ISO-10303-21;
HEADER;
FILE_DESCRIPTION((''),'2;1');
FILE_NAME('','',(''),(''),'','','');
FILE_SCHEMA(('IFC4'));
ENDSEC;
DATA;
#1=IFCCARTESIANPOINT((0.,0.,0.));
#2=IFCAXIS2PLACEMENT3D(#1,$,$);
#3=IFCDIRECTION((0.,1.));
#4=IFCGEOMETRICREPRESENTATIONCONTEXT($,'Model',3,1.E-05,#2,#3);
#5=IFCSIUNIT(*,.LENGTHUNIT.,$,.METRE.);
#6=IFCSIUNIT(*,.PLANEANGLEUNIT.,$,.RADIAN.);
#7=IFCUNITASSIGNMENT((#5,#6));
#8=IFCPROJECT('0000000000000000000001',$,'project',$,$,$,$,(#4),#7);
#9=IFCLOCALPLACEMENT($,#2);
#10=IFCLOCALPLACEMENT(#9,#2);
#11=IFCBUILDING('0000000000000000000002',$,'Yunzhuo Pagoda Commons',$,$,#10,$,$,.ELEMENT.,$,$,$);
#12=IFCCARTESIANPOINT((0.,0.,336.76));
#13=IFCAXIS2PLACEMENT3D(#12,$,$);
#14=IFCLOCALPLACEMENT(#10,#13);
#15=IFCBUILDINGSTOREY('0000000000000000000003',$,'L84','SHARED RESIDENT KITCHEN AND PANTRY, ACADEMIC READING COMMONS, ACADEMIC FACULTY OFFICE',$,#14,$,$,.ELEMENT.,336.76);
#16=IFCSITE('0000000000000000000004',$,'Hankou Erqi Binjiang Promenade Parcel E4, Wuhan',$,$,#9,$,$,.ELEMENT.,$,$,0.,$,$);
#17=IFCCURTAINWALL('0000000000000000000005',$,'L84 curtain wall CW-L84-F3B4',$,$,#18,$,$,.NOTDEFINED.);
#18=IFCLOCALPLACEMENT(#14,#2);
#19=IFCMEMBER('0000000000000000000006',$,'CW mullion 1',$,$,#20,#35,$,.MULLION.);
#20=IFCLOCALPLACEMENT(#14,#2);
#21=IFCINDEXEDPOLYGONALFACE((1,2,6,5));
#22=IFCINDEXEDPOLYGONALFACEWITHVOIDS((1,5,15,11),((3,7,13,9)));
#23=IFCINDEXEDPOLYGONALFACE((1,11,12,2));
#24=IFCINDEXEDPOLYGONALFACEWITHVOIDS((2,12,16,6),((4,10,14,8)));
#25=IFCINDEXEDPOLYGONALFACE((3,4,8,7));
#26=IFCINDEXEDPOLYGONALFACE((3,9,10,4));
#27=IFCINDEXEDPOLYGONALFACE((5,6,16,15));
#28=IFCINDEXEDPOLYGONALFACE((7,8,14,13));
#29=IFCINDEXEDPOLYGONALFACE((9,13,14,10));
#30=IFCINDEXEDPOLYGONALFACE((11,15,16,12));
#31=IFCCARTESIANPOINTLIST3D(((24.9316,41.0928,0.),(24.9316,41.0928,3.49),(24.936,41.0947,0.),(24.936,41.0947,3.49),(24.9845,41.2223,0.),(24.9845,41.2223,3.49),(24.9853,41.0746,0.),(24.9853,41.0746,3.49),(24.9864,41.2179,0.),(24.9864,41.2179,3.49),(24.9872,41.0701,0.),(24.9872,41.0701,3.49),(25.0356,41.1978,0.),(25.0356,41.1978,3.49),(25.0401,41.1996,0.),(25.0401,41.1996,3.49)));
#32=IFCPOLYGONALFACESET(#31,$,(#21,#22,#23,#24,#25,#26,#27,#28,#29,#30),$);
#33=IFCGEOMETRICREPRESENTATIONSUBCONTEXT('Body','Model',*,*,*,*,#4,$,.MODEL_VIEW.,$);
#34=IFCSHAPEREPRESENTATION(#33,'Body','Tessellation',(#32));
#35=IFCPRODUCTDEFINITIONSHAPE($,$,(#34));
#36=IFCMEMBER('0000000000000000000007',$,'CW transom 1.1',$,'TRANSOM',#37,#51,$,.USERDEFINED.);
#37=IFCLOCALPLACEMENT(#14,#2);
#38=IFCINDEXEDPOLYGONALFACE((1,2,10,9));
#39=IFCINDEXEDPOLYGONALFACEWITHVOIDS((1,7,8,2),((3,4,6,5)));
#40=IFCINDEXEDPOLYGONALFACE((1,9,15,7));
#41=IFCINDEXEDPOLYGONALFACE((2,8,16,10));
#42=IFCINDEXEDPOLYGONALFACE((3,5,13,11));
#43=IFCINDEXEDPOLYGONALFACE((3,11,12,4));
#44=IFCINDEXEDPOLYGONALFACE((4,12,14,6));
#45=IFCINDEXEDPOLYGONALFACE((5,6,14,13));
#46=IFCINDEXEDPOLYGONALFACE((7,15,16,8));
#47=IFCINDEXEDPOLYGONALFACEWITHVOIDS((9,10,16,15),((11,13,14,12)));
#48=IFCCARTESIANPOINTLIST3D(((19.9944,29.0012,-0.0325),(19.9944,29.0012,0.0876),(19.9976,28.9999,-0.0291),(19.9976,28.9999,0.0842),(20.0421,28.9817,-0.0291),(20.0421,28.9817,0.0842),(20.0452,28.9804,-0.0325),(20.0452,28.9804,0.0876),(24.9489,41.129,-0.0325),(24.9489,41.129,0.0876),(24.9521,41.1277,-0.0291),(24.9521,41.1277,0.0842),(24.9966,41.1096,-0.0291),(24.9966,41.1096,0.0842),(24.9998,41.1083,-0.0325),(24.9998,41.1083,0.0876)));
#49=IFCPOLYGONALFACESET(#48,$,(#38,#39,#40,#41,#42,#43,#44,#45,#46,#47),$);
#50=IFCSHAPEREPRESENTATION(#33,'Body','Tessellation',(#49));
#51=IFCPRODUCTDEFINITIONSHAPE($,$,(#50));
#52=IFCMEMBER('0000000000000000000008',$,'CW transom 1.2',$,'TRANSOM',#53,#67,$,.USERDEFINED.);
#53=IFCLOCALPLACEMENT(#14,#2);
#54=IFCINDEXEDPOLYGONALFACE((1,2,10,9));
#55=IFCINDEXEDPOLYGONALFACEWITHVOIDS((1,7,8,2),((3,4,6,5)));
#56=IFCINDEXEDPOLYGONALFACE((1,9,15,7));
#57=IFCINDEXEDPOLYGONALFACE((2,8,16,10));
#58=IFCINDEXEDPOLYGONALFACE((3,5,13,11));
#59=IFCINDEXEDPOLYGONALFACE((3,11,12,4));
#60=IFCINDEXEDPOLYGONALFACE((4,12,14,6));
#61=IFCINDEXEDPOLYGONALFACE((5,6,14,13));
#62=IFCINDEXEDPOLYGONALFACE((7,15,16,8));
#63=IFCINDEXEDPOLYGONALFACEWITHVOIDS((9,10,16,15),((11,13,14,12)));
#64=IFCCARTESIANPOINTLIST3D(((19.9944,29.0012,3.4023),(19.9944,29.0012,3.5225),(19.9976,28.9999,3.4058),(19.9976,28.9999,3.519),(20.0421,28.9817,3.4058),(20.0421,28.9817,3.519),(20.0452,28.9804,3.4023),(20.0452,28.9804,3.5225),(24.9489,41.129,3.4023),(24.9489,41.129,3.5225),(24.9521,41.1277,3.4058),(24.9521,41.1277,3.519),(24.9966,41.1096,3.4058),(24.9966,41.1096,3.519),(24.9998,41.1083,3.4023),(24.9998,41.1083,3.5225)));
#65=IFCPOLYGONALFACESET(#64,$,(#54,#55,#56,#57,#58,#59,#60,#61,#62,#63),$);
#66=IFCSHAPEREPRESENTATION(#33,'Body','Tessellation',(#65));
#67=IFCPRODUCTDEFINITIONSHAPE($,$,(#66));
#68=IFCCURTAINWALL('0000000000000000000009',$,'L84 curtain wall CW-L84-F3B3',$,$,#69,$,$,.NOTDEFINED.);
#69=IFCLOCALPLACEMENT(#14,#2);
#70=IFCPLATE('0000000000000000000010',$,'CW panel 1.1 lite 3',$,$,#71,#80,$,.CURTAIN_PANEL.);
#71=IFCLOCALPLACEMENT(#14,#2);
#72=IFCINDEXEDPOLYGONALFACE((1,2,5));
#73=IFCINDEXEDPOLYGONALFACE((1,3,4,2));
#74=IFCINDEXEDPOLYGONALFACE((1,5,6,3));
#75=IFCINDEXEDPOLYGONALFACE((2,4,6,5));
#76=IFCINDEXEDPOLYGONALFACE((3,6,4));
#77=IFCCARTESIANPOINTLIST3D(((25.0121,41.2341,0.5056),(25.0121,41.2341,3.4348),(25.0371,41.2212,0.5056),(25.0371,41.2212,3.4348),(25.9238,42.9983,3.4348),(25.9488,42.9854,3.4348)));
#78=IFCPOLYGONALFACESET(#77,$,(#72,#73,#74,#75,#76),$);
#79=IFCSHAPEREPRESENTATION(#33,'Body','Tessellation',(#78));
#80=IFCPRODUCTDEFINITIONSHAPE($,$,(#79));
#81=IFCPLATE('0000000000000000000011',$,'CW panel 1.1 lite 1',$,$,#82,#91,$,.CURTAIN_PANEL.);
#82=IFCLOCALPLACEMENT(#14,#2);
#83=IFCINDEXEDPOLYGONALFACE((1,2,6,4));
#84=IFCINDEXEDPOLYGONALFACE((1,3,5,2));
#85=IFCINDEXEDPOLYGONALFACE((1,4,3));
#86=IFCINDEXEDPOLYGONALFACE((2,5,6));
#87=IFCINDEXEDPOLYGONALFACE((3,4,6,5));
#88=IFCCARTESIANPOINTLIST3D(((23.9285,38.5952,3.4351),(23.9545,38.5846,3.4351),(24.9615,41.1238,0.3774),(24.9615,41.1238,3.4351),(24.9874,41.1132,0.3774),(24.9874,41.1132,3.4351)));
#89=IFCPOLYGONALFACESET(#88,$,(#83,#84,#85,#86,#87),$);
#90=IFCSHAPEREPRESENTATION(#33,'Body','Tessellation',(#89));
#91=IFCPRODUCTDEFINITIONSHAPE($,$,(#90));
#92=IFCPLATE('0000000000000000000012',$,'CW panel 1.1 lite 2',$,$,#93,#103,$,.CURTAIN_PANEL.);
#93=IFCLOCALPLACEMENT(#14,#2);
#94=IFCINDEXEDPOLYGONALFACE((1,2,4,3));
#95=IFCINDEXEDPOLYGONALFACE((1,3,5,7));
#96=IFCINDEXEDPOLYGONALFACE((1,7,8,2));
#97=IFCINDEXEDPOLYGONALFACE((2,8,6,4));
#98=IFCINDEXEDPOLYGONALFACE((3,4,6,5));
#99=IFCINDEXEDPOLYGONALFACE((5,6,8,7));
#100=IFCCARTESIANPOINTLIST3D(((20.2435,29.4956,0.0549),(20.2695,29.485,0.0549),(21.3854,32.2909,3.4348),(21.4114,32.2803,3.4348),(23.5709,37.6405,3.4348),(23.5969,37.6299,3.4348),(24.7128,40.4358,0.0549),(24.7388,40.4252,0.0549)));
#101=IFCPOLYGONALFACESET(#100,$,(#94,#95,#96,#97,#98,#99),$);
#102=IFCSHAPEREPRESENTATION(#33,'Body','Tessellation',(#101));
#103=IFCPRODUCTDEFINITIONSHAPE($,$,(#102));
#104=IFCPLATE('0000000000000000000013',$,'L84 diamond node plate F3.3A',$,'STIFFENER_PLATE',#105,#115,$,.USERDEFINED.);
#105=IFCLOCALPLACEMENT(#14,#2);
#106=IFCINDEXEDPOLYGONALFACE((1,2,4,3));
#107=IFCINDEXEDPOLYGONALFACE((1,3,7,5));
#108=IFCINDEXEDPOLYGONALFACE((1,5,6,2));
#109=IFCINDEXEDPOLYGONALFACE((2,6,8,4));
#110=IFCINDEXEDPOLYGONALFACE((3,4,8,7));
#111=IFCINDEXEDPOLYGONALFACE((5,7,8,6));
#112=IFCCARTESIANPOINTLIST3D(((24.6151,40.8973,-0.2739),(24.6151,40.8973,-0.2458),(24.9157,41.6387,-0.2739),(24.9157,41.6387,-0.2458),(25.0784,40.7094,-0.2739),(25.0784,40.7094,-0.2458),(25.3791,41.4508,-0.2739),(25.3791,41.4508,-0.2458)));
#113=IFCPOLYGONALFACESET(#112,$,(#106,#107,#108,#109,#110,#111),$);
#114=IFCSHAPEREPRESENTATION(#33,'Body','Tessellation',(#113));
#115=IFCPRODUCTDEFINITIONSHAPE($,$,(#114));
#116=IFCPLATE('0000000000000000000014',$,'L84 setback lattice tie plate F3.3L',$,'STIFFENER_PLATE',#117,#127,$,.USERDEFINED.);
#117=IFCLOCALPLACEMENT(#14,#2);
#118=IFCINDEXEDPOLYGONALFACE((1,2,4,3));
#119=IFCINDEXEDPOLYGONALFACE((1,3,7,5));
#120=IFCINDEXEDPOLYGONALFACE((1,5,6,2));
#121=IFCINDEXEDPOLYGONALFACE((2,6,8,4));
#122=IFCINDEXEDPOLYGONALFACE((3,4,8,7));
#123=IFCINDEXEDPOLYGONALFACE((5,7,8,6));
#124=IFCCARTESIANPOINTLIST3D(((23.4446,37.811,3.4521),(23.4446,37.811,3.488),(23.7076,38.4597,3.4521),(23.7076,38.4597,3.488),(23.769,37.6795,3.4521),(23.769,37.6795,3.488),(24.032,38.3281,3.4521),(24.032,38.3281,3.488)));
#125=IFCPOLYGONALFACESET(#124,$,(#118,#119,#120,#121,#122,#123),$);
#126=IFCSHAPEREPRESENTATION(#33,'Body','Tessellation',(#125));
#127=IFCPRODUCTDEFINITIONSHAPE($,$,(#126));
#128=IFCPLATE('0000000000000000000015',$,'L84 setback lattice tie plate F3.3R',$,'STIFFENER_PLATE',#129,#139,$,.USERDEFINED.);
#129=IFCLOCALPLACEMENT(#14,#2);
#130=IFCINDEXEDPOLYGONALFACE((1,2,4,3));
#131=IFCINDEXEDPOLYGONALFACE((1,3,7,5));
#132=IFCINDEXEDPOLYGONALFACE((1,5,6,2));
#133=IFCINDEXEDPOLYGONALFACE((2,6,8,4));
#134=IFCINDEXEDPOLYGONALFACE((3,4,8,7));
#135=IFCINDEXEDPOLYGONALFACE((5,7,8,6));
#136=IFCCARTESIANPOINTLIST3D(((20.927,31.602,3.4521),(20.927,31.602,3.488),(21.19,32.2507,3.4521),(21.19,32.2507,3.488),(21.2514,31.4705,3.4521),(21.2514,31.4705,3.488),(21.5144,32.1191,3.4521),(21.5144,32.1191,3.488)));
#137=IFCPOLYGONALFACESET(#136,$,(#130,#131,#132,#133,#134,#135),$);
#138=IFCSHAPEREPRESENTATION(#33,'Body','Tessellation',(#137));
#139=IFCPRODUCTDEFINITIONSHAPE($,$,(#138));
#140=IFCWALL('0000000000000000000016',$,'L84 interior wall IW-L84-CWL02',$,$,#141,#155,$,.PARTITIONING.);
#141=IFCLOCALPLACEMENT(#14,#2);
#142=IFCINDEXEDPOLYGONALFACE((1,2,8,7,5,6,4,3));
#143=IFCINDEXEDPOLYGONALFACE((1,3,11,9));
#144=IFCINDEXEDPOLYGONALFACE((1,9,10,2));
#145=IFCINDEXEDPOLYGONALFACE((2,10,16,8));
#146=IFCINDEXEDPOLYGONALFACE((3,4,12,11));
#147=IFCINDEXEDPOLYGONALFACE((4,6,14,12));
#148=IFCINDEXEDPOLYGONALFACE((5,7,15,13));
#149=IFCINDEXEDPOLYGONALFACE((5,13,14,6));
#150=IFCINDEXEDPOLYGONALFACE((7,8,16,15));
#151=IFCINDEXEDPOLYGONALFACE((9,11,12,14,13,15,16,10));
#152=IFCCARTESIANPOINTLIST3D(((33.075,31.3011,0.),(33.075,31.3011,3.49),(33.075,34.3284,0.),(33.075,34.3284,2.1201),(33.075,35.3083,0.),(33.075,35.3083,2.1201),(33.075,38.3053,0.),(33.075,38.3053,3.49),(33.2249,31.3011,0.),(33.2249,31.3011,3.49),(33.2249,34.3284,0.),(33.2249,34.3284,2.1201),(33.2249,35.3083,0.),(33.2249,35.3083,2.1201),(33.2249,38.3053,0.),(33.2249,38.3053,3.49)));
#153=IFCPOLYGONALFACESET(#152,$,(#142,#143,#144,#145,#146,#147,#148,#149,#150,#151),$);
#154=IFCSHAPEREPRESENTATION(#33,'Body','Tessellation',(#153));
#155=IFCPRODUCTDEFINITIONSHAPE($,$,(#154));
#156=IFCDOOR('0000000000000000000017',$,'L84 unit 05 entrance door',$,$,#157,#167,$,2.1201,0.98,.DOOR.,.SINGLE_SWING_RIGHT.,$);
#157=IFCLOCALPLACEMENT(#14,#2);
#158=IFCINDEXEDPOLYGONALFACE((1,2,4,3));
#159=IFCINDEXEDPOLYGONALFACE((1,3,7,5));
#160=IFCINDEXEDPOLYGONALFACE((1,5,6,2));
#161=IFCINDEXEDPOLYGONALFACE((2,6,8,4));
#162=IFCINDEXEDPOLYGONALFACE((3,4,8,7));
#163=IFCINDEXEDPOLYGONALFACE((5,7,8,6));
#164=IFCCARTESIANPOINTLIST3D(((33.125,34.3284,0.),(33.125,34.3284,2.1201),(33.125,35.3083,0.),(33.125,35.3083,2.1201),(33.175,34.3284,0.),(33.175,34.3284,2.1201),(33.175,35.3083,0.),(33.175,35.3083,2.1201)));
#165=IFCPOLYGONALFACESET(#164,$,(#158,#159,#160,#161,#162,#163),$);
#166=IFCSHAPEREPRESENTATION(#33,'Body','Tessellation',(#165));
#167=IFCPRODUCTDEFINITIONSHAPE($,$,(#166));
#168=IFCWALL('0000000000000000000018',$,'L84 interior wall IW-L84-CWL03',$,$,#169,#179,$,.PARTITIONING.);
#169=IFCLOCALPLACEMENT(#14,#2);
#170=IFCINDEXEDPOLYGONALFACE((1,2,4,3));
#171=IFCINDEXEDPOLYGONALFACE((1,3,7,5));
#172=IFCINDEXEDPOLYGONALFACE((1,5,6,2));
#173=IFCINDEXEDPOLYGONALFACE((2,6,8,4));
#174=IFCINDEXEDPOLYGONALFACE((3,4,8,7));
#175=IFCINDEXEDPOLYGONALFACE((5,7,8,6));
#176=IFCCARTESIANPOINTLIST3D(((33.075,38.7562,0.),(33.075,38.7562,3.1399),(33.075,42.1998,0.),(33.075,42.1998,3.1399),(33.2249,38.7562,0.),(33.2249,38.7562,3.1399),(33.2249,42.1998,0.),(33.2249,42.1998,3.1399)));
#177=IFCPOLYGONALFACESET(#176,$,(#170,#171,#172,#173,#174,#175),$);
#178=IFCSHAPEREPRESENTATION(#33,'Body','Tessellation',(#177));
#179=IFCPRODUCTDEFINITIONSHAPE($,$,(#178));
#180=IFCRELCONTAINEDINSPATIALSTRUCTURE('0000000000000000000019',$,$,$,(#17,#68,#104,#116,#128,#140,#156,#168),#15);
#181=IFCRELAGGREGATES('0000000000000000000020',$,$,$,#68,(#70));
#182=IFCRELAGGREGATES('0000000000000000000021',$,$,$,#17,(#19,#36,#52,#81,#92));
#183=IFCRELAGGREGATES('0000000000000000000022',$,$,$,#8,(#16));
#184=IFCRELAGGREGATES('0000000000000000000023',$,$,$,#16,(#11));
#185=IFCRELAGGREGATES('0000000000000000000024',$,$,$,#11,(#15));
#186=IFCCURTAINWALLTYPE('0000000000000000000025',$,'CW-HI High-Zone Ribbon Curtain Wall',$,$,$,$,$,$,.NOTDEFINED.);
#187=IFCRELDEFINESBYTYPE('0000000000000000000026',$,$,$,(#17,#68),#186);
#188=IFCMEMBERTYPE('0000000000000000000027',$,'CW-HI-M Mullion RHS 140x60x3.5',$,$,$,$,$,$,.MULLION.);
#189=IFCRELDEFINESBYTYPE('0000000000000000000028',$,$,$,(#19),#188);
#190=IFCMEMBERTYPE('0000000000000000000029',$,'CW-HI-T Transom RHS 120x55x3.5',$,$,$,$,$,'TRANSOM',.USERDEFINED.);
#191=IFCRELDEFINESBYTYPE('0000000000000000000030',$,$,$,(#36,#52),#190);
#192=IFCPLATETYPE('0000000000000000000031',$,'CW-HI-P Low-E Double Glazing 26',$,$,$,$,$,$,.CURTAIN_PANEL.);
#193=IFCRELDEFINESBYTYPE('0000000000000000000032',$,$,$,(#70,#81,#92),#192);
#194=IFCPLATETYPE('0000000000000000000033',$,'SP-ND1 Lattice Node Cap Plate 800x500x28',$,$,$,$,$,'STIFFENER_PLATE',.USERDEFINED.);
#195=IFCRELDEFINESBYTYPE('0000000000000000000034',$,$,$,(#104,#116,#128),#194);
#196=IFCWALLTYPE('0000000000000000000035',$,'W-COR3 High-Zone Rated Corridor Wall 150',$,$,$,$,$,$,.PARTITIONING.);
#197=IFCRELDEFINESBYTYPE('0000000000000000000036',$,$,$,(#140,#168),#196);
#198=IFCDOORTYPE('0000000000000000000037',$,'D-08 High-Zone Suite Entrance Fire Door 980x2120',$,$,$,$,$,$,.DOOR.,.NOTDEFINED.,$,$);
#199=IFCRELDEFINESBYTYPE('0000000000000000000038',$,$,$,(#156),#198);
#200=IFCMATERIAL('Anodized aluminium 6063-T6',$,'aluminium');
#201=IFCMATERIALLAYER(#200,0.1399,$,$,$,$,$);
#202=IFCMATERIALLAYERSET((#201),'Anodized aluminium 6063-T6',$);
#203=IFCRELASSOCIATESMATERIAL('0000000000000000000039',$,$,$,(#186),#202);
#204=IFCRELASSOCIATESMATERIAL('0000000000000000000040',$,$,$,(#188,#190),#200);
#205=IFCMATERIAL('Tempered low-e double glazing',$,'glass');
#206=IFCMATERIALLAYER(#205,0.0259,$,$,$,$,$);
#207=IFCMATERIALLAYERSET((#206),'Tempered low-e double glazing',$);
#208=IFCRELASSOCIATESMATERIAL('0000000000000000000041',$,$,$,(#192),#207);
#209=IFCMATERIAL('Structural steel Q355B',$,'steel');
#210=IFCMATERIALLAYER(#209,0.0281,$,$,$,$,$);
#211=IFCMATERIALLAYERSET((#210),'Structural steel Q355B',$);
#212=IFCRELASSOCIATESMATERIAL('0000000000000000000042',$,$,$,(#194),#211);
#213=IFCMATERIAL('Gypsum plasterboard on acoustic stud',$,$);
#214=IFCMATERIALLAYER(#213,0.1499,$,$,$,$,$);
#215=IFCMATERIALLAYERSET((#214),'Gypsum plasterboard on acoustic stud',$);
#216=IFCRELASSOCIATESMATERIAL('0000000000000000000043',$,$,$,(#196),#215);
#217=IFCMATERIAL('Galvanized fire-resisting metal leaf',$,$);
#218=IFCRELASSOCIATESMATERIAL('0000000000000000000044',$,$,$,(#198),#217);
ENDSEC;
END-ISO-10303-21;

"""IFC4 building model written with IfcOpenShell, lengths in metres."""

from ifc_helpers import new_model, si_unit, direction, frame, frame_2d, origin, origin_with_axes, origin_2d, place, context, subcontext, project, spatial, polyline, rectangle, hollow_rectangle, outline, extrude, source, transform, mapped, material, layer, layer_set, material_profile, profile_set, type_object, element, fill, aggregate, save


model = new_model("IFC4")

# Units and contexts
model_context = context("Model", 3, precision=1e-05, world=origin(), true_north=direction((0.0, 1.0)))
body_context = subcontext(model_context, "Body", "Model", "MODEL_VIEW")
ifc_project = project(units=[si_unit("LENGTHUNIT", "METRE"), si_unit("PLANEANGLEUNIT", "RADIAN")], contexts=[model_context])

# Site, building, storey
site_placement = place(None, origin())
site = spatial("IfcSite", under=ifc_project, at=site_placement, Name="Hankou Erqi Binjiang Promenade Parcel E4, Wuhan", CompositionType="ELEMENT", RefElevation=0.0)
building_placement = place(site_placement, origin())
building = spatial("IfcBuilding", under=site, at=building_placement, Name="Yunzhuo Pagoda Commons", CompositionType="ELEMENT")
storey_placement = place(building_placement, frame((0.0, 0.0, 336.76)))
storey = spatial("IfcBuildingStorey", under=building, at=storey_placement, Name="L84", Description="SHARED RESIDENT KITCHEN AND PANTRY, ACADEMIC READING COMMONS, ACADEMIC FACULTY OFFICE", CompositionType="ELEMENT", Elevation=336.76)

# Shared definitions
ifc_material_1 = material(Name="Structural steel Q355B", Category="steel")

# Curtain wall, members
ifc_material_2 = material(Name="Anodized aluminium 6063-T6", Category="aluminium")
ifc_layer_1 = layer(ifc_material_2, 0.1399)
ifc_layer_set_1 = layer_set([ifc_layer_1], Name="Anodized aluminium 6063-T6")
curtain_wall_type = type_object("IfcCurtainWallType", Name="CW-HI High-Zone Ribbon Curtain Wall", PredefinedType="NOTDEFINED", material=ifc_layer_set_1)
curtain_wall_1_placement = place(storey_placement, origin())
curtain_wall_1 = element("IfcCurtainWall", 1, at=curtain_wall_1_placement, inside=storey, type_object=curtain_wall_type, Name="L84 curtain wall CW-L84-F3B4", PredefinedType="NOTDEFINED")
ifc_material_profile_1 = material_profile(ifc_material_2, hollow_rectangle(XDim=0.0601, YDim=0.1399, WallThickness=0.0034, at=origin_2d()), Name="Anodized aluminium 6063-T6")
ifc_profile_set_1 = profile_set([ifc_material_profile_1], Name="Anodized aluminium 6063-T6")
member_type_1 = type_object("IfcMemberType", Name="CW-HI-M Mullion RHS 140x60x3.5", PredefinedType="MULLION", material=ifc_profile_set_1)
shared_shape_1 = source(origin(), body_context, "Body", "SweptSolid", [
    extrude(hollow_rectangle(XDim=0.0601, YDim=0.1399, WallThickness=0.0034, at=origin_2d()), origin(), (0.0, 0.0, 1.0), 3.49),
])
member_1_placement = place(storey_placement, frame((24.9858, 41.1462, 0.0), z_axis=(0.0, 0.0, 1.0), x_axis=(0.92573, -0.378185, 0.0)))
member_1 = element("IfcMember", 2, at=member_1_placement, type_object=member_type_1, Name="CW mullion 1", PredefinedType="MULLION", context=body_context, shape_type="MappedRepresentation", body=[
    mapped(shared_shape_1, transform((0.0, 0.0, 0.0), scale=1.0)),
])
ifc_material_profile_2 = material_profile(ifc_material_2, hollow_rectangle(XDim=0.0549, YDim=0.1201, WallThickness=0.0034, at=origin_2d()), Name="Anodized aluminium 6063-T6")
ifc_profile_set_2 = profile_set([ifc_material_profile_2], Name="Anodized aluminium 6063-T6")
member_type_2 = type_object("IfcMemberType", Name="CW-HI-T Transom RHS 120x55x3.5", ElementType="TRANSOM", PredefinedType="USERDEFINED", material=ifc_profile_set_2)
shared_shape_2 = source(origin(), body_context, "Body", "SweptSolid", [
    extrude(hollow_rectangle(XDim=0.0549, YDim=0.1201, WallThickness=0.0034, at=origin_2d()), origin(), (0.0, 0.0, 1.0), 13.1008),
])
member_2_placement = place(storey_placement, frame((24.9744, 41.1187, 0.0276), z_axis=(-0.378186, -0.92573, 0.0), x_axis=(0.92573, -0.378186, 0.0)))
member_2 = element("IfcMember", 3, at=member_2_placement, type_object=member_type_2, Name="CW transom 1.1", ObjectType="TRANSOM", PredefinedType="USERDEFINED", context=body_context, shape_type="MappedRepresentation", body=[
    mapped(shared_shape_2, transform((0.0, 0.0, 0.0), scale=1.0)),
])
member_3_placement = place(storey_placement, frame((24.9744, 41.1187, 3.4624), z_axis=(-0.378186, -0.92573, 0.0), x_axis=(0.92573, -0.378186, 0.0)))
member_3 = element("IfcMember", 4, at=member_3_placement, type_object=member_type_2, Name="CW transom 1.2", ObjectType="TRANSOM", PredefinedType="USERDEFINED", context=body_context, shape_type="MappedRepresentation", body=[
    mapped(shared_shape_2, transform((0.0, 0.0, 0.0), scale=1.0)),
])

# Curtain wall, plate
curtain_wall_2_placement = place(storey_placement, origin())
curtain_wall_2 = element("IfcCurtainWall", 5, at=curtain_wall_2_placement, inside=storey, type_object=curtain_wall_type, Name="L84 curtain wall CW-L84-F3B3", PredefinedType="NOTDEFINED")
ifc_material_3 = material(Name="Tempered low-e double glazing", Category="glass")
ifc_layer_2 = layer(ifc_material_3, 0.0259)
ifc_layer_set_2 = layer_set([ifc_layer_2], Name="Tempered low-e double glazing")
plate_type_1 = type_object("IfcPlateType", Name="CW-HI-P Low-E Double Glazing 26", PredefinedType="CURTAIN_PANEL", material=ifc_layer_set_2)
plate_1_placement = place(storey_placement, frame((25.4929, 42.1033, 1.9702), z_axis=(-0.88838, 0.459108, 0.0), x_axis=(-0.459108, -0.88838, 0.0)))
plate_1 = element("IfcPlate", 6, at=plate_1_placement, type_object=plate_type_1, Name="CW panel 1.1 lite 3", PredefinedType="CURTAIN_PANEL", context=body_context, shape_type="SweptSolid", body=[
    extrude(outline(polyline([(-0.9929, 1.4646), (0.9929, -1.4646), (0.9929, 1.4646), (-0.9929, 1.4646)])), origin(), (0.0, 0.0, 1.0), 0.0281),
])
aggregate(curtain_wall_2, [plate_1])

# Plates
plate_2_placement = place(storey_placement, frame((24.4709, 39.8489, 1.9062), z_axis=(-0.92573, 0.378185, 0.0), x_axis=(-0.378185, -0.92573, 0.0)))
plate_2 = element("IfcPlate", 7, at=plate_2_placement, type_object=plate_type_1, Name="CW panel 1.1 lite 1", PredefinedType="CURTAIN_PANEL", context=body_context, shape_type="SweptSolid", body=[
    extrude(outline(polyline([(-1.3657, -1.5288), (1.3657, 1.5288), (-1.3657, 1.5288), (-1.3657, -1.5288)])), origin(), (0.0, 0.0, 1.0), 0.0281),
])
plate_3_placement = place(storey_placement, frame((22.5042, 34.9551, 1.7449), z_axis=(-0.92573, 0.378185, 0.0), x_axis=(-0.378185, -0.92573, 0.0)))
plate_3 = element("IfcPlate", 8, at=plate_3_placement, type_object=plate_type_1, Name="CW panel 1.1 lite 2", PredefinedType="CURTAIN_PANEL", context=body_context, shape_type="SweptSolid", body=[
    extrude(outline(polyline([(-5.9089, -1.6899), (5.9089, -1.6899), (2.8894, 1.6899), (-2.8894, 1.6899), (-5.9089, -1.6899)])), origin(), (0.0, 0.0, 1.0), 0.0281),
])
aggregate(curtain_wall_1, [member_1, member_2, member_3, plate_2, plate_3])

# Plates
ifc_layer_3 = layer(ifc_material_1, 0.0281)
ifc_layer_set_3 = layer_set([ifc_layer_3], Name="Structural steel Q355B")
plate_type_2 = type_object("IfcPlateType", Name="SP-ND1 Lattice Node Cap Plate 800x500x28", ElementType="STIFFENER_PLATE", PredefinedType="USERDEFINED", material=ifc_layer_set_3)
shared_shape_3 = source(origin(), body_context, "Body", "SweptSolid", [
    extrude(rectangle(XDim=0.8, YDim=0.5, at=origin_2d()), origin(), (0.0, 0.0, 1.0), 0.0281),
])
plate_4_placement = place(storey_placement, frame((24.9971, 41.1741, -0.2739), z_axis=(0.0, 0.0, 1.0), x_axis=(-0.375755, -0.926719, 0.0)))
element("IfcPlate", 9, at=plate_4_placement, inside=storey, type_object=plate_type_2, Name="L84 diamond node plate F3.3A", ObjectType="STIFFENER_PLATE", PredefinedType="USERDEFINED", context=body_context, shape_type="MappedRepresentation", body=[
    mapped(shared_shape_3, transform((0.0, 0.0, 0.0), scale=1.0)),
])
shared_shape_4 = source(origin(), body_context, "Body", "SweptSolid", [
    extrude(rectangle(XDim=0.7, YDim=0.3501, at=origin_2d()), origin(), (0.0, 0.0, 1.0), 0.0359),
])
for number, where, z_axis, x_axis, name in (
    (10, (23.7383, 38.0696, 3.4521), (0.0, 0.0, 1.0), (-0.375755, -0.926719, 0.0), "L84 setback lattice tie plate F3.3L"),
    (11, (21.2207, 31.8606, 3.4521), (0.0, 0.0, 1.0), (-0.375755, -0.926719, 0.0), "L84 setback lattice tie plate F3.3R"),
):
    element("IfcPlate", number, at=place(storey_placement, frame(where, z_axis=z_axis, x_axis=x_axis)), inside=storey, type_object=plate_type_2, Name=name, ObjectType="STIFFENER_PLATE", PredefinedType="USERDEFINED", context=body_context, shape_type="MappedRepresentation", body=[
        mapped(shared_shape_4, transform((0.0, 0.0, 0.0), scale=1.0)),
    ])

# Wall, opening, door
ifc_material_4 = material(Name="Gypsum plasterboard on acoustic stud")
ifc_layer_4 = layer(ifc_material_4, 0.1499)
ifc_layer_set_4 = layer_set([ifc_layer_4], Name="Gypsum plasterboard on acoustic stud")
wall_type_1 = type_object("IfcWallType", Name="W-COR3 High-Zone Rated Corridor Wall 150", PredefinedType="PARTITIONING", material=ifc_layer_set_4)
wall_1_placement = place(storey_placement, frame((33.1499, 31.3013, 0.0), z_axis=(0.0, 0.0, 1.0), x_axis=(0.0, 1.0, 0.0)))
wall_1 = element("IfcWall", 12, at=wall_1_placement, inside=storey, type_object=wall_type_1, Name="L84 interior wall IW-L84-CWL02", PredefinedType="PARTITIONING", context=body_context, shape_type="SweptSolid", body=[
    extrude(rectangle(XDim=7.0042, YDim=0.1499, at=frame_2d((3.502, 0.0))), origin(), (0.0, 0.0, 1.0), 3.49),
])
opening_1_placement = place(wall_1_placement, frame((3.0271, 0.0, 0.0)))
opening_1 = element("IfcOpeningElement", 13, at=opening_1_placement, cuts=wall_1, PredefinedType="OPENING", context=body_context, shape_type="SweptSolid", body=[
    extrude(rectangle(XDim=0.98, YDim=2.1201, at=frame_2d((0.49, 1.0601))), frame((0.0, 0.085, 0.0), z_axis=(0.0, -1.0, 0.0), x_axis=(1.0, 0.0, 0.0)), (0.0, 0.0, 1.0), 0.1699),
])
ifc_material_5 = material(Name="Galvanized fire-resisting metal leaf")
door_type = type_object("IfcDoorType", Name="D-08 High-Zone Suite Entrance Fire Door 980x2120", OperationType="NOTDEFINED", PredefinedType="DOOR", material=ifc_material_5)
shared_shape_5 = source(origin(), body_context, "Body", "SweptSolid", [
    extrude(rectangle(XDim=0.98, YDim=2.1201, at=frame_2d((0.49, 1.0601))), frame((0.0, 0.0249, 0.0), z_axis=(0.0, -1.0, 0.0), x_axis=(1.0, 0.0, 0.0)), (0.0, 0.0, 1.0), 0.05),
])
door_1_placement = place(opening_1_placement, origin_with_axes())
door_1 = element("IfcDoor", 14, at=door_1_placement, inside=storey, type_object=door_type, Name="L84 unit 05 entrance door", OperationType="SINGLE_SWING_RIGHT", OverallHeight=2.1201, OverallWidth=0.98, PredefinedType="DOOR", context=body_context, shape_type="MappedRepresentation", body=[
    mapped(shared_shape_5, transform((0.0, 0.0, 0.0), scale=1.0)),
])
fill(opening_1, door_1)

# Wall
wall_2_placement = place(storey_placement, frame((33.1499, 38.7563, 0.0), z_axis=(0.0, 0.0, 1.0), x_axis=(0.0, 1.0, 0.0)))
element("IfcWall", 15, at=wall_2_placement, inside=storey, type_object=wall_type_1, Name="L84 interior wall IW-L84-CWL03", PredefinedType="PARTITIONING", context=body_context, shape_type="SweptSolid", body=[
    extrude(rectangle(XDim=3.4436, YDim=0.1499, at=frame_2d((1.7217, 0.0))), origin(), (0.0, 0.0, 1.0), 3.1399),
])

save(model, "model.ifc")
